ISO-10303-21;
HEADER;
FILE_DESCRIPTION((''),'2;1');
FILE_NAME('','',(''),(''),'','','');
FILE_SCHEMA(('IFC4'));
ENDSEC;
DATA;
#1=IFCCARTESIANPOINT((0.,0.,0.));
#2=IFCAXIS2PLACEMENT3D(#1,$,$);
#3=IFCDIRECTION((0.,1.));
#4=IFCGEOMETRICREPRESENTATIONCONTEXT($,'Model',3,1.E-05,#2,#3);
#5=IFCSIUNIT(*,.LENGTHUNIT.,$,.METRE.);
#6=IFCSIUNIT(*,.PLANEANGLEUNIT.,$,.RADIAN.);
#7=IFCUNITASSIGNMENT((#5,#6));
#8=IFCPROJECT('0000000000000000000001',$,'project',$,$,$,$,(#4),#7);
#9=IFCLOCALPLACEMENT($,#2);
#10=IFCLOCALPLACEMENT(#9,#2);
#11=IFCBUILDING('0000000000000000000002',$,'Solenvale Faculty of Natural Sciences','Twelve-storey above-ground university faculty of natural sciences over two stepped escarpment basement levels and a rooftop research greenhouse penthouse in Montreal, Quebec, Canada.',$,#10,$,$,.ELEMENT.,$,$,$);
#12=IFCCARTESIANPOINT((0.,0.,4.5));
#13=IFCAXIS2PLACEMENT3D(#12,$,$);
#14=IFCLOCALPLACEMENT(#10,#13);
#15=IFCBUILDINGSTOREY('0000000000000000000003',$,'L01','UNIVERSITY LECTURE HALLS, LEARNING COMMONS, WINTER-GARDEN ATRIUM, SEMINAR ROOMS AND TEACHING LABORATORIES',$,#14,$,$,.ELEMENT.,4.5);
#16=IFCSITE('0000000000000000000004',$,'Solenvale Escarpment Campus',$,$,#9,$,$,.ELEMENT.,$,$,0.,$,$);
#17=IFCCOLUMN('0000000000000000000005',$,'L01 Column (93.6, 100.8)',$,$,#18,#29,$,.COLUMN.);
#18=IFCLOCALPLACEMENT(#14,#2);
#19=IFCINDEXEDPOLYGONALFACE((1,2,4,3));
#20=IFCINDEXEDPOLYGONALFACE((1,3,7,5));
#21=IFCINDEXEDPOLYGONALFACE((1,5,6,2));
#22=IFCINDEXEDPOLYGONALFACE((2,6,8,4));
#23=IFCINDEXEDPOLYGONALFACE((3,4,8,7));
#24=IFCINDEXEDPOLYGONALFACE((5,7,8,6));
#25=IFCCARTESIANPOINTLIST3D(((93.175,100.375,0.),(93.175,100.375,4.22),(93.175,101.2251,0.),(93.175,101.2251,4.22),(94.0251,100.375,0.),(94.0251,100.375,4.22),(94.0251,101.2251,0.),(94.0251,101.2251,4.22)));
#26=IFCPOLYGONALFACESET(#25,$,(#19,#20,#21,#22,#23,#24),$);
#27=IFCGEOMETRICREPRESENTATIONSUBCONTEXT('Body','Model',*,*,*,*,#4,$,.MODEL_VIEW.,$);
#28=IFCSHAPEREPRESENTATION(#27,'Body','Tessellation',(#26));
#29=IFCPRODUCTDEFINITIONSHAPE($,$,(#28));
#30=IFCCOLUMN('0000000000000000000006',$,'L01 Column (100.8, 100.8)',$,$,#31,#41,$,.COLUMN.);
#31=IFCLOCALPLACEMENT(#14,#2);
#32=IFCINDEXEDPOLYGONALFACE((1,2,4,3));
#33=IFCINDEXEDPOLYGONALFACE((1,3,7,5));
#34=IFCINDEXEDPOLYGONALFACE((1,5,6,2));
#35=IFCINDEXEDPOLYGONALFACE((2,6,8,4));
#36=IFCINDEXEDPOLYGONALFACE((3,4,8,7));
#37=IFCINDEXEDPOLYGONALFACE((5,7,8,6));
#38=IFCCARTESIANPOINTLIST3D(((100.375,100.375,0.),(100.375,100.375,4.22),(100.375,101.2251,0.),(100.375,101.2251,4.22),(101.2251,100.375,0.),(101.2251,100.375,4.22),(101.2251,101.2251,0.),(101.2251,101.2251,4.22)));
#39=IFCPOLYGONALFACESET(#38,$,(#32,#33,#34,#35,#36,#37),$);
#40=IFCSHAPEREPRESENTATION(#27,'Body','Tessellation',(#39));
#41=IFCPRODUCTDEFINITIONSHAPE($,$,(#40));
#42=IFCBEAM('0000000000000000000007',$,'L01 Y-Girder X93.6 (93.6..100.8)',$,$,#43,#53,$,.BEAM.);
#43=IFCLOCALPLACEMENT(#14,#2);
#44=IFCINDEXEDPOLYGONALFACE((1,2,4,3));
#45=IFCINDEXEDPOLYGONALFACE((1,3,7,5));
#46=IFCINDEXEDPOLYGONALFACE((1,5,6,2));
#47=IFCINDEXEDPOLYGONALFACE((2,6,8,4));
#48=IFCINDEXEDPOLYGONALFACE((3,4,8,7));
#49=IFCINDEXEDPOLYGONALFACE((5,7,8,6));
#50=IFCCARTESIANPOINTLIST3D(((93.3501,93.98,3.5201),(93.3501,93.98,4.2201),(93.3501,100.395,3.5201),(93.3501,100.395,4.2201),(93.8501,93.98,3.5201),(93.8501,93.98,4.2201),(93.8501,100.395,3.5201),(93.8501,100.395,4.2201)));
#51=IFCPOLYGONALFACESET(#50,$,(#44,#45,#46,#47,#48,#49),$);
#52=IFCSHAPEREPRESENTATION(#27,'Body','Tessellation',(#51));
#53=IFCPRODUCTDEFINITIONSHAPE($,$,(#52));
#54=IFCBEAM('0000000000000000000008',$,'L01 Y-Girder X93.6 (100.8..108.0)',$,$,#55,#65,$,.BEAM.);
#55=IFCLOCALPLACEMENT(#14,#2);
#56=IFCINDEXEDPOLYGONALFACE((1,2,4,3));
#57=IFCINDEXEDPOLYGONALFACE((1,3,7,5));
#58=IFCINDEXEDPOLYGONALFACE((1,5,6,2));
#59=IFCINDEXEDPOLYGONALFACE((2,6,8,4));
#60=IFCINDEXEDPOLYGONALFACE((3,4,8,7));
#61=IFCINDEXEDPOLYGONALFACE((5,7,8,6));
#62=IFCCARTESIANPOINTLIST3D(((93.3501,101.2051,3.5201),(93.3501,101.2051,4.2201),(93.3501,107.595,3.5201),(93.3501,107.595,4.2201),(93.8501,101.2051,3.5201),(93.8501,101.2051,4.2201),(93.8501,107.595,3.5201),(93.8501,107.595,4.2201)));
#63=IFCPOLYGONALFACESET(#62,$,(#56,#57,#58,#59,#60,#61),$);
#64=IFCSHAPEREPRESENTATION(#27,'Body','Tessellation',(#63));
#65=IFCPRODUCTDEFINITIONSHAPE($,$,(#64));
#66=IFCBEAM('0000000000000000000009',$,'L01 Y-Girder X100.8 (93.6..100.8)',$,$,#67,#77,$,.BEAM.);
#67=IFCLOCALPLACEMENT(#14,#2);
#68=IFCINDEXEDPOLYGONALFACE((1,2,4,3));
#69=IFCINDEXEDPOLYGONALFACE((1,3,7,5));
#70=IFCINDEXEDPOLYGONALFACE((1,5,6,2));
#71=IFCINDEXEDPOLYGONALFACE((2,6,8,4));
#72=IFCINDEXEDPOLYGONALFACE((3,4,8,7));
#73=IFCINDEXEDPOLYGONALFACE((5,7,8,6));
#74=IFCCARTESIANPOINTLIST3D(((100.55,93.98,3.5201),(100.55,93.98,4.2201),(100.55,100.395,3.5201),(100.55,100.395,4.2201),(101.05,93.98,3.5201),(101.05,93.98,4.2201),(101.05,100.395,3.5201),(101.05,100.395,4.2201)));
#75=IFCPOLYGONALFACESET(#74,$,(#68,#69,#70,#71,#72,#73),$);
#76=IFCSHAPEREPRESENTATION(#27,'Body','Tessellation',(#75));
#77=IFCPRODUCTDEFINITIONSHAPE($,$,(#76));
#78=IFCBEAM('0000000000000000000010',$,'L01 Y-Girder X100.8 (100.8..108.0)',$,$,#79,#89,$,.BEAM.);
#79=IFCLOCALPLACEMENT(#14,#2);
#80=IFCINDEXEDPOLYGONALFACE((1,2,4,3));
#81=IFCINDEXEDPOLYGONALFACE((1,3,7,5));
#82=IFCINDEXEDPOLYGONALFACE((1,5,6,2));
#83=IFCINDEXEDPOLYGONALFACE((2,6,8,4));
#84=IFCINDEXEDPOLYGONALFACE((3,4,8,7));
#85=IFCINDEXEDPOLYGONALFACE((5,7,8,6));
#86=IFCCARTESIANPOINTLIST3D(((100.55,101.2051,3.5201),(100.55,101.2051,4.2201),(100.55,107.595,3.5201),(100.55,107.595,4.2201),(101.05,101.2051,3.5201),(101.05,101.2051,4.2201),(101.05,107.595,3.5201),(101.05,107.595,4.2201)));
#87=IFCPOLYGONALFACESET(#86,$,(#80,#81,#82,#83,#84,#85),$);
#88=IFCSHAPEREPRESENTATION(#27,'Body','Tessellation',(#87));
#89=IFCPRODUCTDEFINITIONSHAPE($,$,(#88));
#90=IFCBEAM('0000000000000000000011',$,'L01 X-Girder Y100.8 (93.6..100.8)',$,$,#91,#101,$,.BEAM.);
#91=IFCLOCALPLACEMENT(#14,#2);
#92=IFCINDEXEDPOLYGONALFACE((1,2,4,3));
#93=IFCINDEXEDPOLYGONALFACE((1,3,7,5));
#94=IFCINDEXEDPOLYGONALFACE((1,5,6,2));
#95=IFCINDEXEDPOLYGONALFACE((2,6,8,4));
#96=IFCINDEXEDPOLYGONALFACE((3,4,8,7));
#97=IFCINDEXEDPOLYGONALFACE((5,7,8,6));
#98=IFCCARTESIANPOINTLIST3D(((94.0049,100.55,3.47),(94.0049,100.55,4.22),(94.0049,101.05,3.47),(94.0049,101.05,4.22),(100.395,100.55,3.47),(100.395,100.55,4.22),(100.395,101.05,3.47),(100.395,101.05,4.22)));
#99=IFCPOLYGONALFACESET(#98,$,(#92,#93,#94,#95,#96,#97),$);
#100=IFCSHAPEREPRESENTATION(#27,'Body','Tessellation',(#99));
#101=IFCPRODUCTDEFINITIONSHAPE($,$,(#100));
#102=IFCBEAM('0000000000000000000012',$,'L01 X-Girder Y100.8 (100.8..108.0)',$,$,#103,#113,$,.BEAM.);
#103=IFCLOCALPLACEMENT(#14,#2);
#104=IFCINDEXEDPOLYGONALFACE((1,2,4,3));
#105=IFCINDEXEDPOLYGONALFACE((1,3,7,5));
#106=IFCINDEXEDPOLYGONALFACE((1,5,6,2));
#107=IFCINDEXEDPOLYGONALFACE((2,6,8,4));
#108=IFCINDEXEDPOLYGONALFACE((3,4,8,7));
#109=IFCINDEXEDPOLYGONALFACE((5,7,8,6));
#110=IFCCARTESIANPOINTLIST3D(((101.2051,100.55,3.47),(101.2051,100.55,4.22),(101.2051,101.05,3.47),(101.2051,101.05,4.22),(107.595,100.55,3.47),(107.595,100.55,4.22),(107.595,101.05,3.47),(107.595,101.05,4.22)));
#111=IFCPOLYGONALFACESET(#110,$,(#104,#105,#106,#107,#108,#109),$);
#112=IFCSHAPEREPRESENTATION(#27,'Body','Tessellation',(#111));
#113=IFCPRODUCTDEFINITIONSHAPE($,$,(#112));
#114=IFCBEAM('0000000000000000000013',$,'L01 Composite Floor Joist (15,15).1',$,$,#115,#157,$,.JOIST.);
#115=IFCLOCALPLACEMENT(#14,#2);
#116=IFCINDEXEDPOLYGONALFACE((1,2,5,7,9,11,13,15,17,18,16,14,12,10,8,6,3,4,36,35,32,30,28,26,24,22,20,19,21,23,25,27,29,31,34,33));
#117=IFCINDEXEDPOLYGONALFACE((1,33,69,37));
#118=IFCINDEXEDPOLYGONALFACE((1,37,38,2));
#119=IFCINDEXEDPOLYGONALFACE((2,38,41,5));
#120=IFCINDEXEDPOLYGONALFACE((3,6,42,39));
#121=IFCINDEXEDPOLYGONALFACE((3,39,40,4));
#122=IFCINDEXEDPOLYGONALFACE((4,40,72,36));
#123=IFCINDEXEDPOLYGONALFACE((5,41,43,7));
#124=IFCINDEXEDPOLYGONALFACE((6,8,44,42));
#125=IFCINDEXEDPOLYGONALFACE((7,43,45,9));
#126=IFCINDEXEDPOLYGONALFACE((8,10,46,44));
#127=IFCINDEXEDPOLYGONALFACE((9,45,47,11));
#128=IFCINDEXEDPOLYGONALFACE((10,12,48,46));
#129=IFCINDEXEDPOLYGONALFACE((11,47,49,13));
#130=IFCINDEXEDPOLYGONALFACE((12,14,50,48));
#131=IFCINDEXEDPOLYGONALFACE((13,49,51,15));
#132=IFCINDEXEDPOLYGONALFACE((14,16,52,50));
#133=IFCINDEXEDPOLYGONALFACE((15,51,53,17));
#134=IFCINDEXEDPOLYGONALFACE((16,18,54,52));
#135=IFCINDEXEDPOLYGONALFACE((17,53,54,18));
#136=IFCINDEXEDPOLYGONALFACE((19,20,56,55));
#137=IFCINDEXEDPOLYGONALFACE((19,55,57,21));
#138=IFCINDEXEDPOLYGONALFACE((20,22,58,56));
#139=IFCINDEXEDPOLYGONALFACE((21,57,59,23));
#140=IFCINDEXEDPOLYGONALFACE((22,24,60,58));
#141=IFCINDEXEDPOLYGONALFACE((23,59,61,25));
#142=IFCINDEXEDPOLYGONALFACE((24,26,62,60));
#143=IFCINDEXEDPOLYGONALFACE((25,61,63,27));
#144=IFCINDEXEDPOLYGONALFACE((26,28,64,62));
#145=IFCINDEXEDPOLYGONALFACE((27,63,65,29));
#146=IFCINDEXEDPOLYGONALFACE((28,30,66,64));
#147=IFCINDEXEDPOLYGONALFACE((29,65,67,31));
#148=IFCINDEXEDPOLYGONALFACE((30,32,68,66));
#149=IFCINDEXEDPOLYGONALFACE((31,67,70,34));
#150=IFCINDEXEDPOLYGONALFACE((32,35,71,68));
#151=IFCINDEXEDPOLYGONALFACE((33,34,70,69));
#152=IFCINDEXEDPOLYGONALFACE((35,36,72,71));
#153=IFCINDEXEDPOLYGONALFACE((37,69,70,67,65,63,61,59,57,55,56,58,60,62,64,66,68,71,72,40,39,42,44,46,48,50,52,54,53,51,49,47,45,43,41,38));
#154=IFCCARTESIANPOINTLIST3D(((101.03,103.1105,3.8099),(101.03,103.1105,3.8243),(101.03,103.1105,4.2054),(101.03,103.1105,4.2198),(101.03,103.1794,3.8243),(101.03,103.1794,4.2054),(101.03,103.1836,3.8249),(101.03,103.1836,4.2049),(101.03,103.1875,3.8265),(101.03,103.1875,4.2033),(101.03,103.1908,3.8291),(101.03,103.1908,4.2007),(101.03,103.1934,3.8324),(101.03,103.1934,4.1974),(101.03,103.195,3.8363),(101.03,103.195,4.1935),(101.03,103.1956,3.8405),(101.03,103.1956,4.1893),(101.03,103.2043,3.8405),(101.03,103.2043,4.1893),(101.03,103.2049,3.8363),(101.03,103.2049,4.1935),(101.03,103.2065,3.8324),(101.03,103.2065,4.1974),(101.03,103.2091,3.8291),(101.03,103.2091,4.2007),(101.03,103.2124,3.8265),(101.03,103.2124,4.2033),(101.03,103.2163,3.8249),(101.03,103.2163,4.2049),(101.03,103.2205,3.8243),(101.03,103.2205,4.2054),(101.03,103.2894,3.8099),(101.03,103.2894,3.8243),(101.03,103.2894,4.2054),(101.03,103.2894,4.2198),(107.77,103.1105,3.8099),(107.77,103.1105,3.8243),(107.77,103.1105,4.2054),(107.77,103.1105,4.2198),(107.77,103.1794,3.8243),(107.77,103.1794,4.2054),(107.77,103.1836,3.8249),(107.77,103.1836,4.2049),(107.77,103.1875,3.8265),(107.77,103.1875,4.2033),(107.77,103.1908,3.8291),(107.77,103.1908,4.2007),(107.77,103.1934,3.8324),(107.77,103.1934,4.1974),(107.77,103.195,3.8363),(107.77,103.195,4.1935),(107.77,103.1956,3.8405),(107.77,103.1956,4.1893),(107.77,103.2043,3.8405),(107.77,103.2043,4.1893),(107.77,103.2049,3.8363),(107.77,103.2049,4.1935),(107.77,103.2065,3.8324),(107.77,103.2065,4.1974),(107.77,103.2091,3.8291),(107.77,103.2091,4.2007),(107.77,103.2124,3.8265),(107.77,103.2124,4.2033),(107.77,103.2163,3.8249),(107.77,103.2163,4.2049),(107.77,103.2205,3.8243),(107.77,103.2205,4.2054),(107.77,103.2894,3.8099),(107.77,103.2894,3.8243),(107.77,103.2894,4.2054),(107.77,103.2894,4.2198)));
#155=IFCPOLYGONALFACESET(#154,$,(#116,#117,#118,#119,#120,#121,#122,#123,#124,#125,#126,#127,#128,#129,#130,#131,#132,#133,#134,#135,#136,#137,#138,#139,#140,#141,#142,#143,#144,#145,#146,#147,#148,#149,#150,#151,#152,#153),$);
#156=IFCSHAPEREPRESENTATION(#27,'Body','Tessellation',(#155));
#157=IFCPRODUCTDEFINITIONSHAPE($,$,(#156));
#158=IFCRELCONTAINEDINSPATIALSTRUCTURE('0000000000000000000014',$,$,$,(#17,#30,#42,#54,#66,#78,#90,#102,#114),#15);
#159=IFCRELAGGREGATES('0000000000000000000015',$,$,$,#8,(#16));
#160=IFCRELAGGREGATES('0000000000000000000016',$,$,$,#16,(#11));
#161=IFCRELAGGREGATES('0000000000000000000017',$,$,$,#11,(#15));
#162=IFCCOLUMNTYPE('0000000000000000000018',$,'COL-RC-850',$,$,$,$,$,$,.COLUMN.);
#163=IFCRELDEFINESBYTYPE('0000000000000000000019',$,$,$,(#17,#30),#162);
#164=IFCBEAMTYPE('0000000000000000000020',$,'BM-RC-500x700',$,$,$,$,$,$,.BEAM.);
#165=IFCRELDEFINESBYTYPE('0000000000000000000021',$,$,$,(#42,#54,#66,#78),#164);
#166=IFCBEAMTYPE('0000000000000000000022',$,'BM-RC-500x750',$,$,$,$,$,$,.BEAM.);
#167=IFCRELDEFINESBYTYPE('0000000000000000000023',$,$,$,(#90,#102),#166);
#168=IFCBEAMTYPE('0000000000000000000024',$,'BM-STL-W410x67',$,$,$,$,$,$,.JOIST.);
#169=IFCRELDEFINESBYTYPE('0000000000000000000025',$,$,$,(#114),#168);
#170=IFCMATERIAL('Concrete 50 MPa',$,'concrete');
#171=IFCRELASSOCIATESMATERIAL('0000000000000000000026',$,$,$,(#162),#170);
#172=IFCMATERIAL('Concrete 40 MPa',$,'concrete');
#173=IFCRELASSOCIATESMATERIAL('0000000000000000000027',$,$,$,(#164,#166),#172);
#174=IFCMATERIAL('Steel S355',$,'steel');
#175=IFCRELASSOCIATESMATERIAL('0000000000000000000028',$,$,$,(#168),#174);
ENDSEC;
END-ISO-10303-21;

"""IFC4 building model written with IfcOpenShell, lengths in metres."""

from ifc_helpers import new_model, si_unit, direction, frame, origin, origin_2d, place, context, subcontext, project, spatial, rectangle, i_section, extrude, material, material_profile, profile_set, type_object, element, save


model = new_model("IFC4")

# Units and contexts
model_context = context("Model", 3, precision=1e-05, world=origin(), true_north=direction((0.0, 1.0)))
body_context = subcontext(model_context, "Body", "Model", "MODEL_VIEW")
ifc_project = project(units=[si_unit("LENGTHUNIT", "METRE"), si_unit("PLANEANGLEUNIT", "RADIAN")], contexts=[model_context])

# Site, building, storey
site_placement = place(None, origin())
site = spatial("IfcSite", under=ifc_project, at=site_placement, Name="Solenvale Escarpment Campus", CompositionType="ELEMENT", RefElevation=0.0)
building_placement = place(site_placement, origin())
building = spatial("IfcBuilding", under=site, at=building_placement, Name="Solenvale Faculty of Natural Sciences", Description="Twelve-storey above-ground university faculty of natural sciences over two stepped escarpment basement levels and a rooftop research greenhouse penthouse in Montreal, Quebec, Canada.", CompositionType="ELEMENT")
storey_placement = place(building_placement, frame((0.0, 0.0, 4.5)))
storey = spatial("IfcBuildingStorey", under=building, at=storey_placement, Name="L01", Description="UNIVERSITY LECTURE HALLS, LEARNING COMMONS, WINTER-GARDEN ATRIUM, SEMINAR ROOMS AND TEACHING LABORATORIES", CompositionType="ELEMENT", Elevation=4.5)

# Columns
ifc_material_1 = material(Name="Concrete 50 MPa", Category="concrete")
ifc_material_profile_1 = material_profile(ifc_material_1, rectangle(XDim=0.8501, YDim=0.8501, at=origin_2d()), Name="RC-COL-850x850")
ifc_profile_set_1 = profile_set([ifc_material_profile_1], Name="Concrete 50 MPa")
column_type = type_object("IfcColumnType", Name="COL-RC-850", PredefinedType="COLUMN", material=ifc_profile_set_1)
for number, where, z_axis, x_axis, name in (
    (1, (93.6001, 100.8, 0.0), (0.0, 0.0, 1.0), (1.0, 0.0, 0.0), "L01 Column (93.6, 100.8)"),
    (2, (100.8, 100.8, 0.0), (0.0, 0.0, 1.0), (1.0, 0.0, 0.0), "L01 Column (100.8, 100.8)"),
):
    element("IfcColumn", number, at=place(storey_placement, frame(where, z_axis=z_axis, x_axis=x_axis)), inside=storey, type_object=column_type, Name=name, PredefinedType="COLUMN", context=body_context, shape_type="SweptSolid", body=[
        extrude(rectangle(XDim=0.8501, YDim=0.8501, at=origin_2d()), origin(), (0.0, 0.0, 1.0), 4.22),
    ])

# Beams
ifc_material_2 = material(Name="Concrete 40 MPa", Category="concrete")
ifc_material_profile_2 = material_profile(ifc_material_2, rectangle(XDim=0.5, YDim=0.7, at=origin_2d()), Name="RC-BM-500x700")
ifc_profile_set_2 = profile_set([ifc_material_profile_2], Name="Concrete 40 MPa")
beam_type_1 = type_object("IfcBeamType", Name="BM-RC-500x700", PredefinedType="BEAM", material=ifc_profile_set_2)
beam_1_placement = place(storey_placement, frame((93.6001, 93.98, 3.8701), z_axis=(0.0, 1.0, 0.0), x_axis=(-1.0, 0.0, 0.0)))
element("IfcBeam", 3, at=beam_1_placement, inside=storey, type_object=beam_type_1, Name="L01 Y-Girder X93.6 (93.6..100.8)", PredefinedType="BEAM", context=body_context, shape_type="SweptSolid", body=[
    extrude(rectangle(XDim=0.5, YDim=0.7, at=origin_2d()), origin(), (0.0, 0.0, 1.0), 6.415),
])
beam_2_placement = place(storey_placement, frame((93.6001, 101.2051, 3.8701), z_axis=(0.0, 1.0, 0.0), x_axis=(-1.0, 0.0, 0.0)))
element("IfcBeam", 4, at=beam_2_placement, inside=storey, type_object=beam_type_1, Name="L01 Y-Girder X93.6 (100.8..108.0)", PredefinedType="BEAM", context=body_context, shape_type="SweptSolid", body=[
    extrude(rectangle(XDim=0.5, YDim=0.7, at=origin_2d()), origin(), (0.0, 0.0, 1.0), 6.3899),
])
beam_3_placement = place(storey_placement, frame((100.8, 93.98, 3.8701), z_axis=(0.0, 1.0, 0.0), x_axis=(-1.0, 0.0, 0.0)))
element("IfcBeam", 5, at=beam_3_placement, inside=storey, type_object=beam_type_1, Name="L01 Y-Girder X100.8 (93.6..100.8)", PredefinedType="BEAM", context=body_context, shape_type="SweptSolid", body=[
    extrude(rectangle(XDim=0.5, YDim=0.7, at=origin_2d()), origin(), (0.0, 0.0, 1.0), 6.415),
])
beam_4_placement = place(storey_placement, frame((100.8, 101.2051, 3.8701), z_axis=(0.0, 1.0, 0.0), x_axis=(-1.0, 0.0, 0.0)))
element("IfcBeam", 6, at=beam_4_placement, inside=storey, type_object=beam_type_1, Name="L01 Y-Girder X100.8 (100.8..108.0)", PredefinedType="BEAM", context=body_context, shape_type="SweptSolid", body=[
    extrude(rectangle(XDim=0.5, YDim=0.7, at=origin_2d()), origin(), (0.0, 0.0, 1.0), 6.3899),
])
ifc_material_profile_3 = material_profile(ifc_material_2, rectangle(XDim=0.5, YDim=0.75, at=origin_2d()), Name="RC-BM-500x750")
ifc_profile_set_3 = profile_set([ifc_material_profile_3], Name="Concrete 40 MPa")
beam_type_2 = type_object("IfcBeamType", Name="BM-RC-500x750", PredefinedType="BEAM", material=ifc_profile_set_3)
beam_5_placement = place(storey_placement, frame((94.0049, 100.8, 3.845), z_axis=(1.0, 0.0, 0.0), x_axis=(0.0, 1.0, 0.0)))
element("IfcBeam", 7, at=beam_5_placement, inside=storey, type_object=beam_type_2, Name="L01 X-Girder Y100.8 (93.6..100.8)", PredefinedType="BEAM", context=body_context, shape_type="SweptSolid", body=[
    extrude(rectangle(XDim=0.5, YDim=0.75, at=origin_2d()), origin(), (0.0, 0.0, 1.0), 6.3901),
])
beam_6_placement = place(storey_placement, frame((101.2051, 100.8, 3.845), z_axis=(1.0, 0.0, 0.0), x_axis=(0.0, 1.0, 0.0)))
element("IfcBeam", 8, at=beam_6_placement, inside=storey, type_object=beam_type_2, Name="L01 X-Girder Y100.8 (100.8..108.0)", PredefinedType="BEAM", context=body_context, shape_type="SweptSolid", body=[
    extrude(rectangle(XDim=0.5, YDim=0.75, at=origin_2d()), origin(), (0.0, 0.0, 1.0), 6.3899),
])
ifc_material_3 = material(Name="Steel S355", Category="steel")
ifc_material_profile_4 = material_profile(ifc_material_3, i_section(OverallWidth=0.179, OverallDepth=0.4099, WebThickness=0.0088, FlangeThickness=0.0144, FilletRadius=0.0161, at=origin_2d()), Name="W410x67")
ifc_profile_set_4 = profile_set([ifc_material_profile_4], Name="Steel S355")
beam_type_3 = type_object("IfcBeamType", Name="BM-STL-W410x67", PredefinedType="JOIST", material=ifc_profile_set_4)
beam_7_placement = place(storey_placement, frame((101.03, 103.2, 4.0149), z_axis=(1.0, 0.0, 0.0), x_axis=(0.0, 1.0, 0.0)))
element("IfcBeam", 9, at=beam_7_placement, inside=storey, type_object=beam_type_3, Name="L01 Composite Floor Joist (15,15).1", PredefinedType="JOIST", context=body_context, shape_type="SweptSolid", body=[
    extrude(i_section(OverallWidth=0.179, OverallDepth=0.4099, WebThickness=0.0088, FlangeThickness=0.0144, FilletRadius=0.0161, at=origin_2d()), origin(), (0.0, 0.0, 1.0), 6.74),
])

save(model, "model.ifc")
